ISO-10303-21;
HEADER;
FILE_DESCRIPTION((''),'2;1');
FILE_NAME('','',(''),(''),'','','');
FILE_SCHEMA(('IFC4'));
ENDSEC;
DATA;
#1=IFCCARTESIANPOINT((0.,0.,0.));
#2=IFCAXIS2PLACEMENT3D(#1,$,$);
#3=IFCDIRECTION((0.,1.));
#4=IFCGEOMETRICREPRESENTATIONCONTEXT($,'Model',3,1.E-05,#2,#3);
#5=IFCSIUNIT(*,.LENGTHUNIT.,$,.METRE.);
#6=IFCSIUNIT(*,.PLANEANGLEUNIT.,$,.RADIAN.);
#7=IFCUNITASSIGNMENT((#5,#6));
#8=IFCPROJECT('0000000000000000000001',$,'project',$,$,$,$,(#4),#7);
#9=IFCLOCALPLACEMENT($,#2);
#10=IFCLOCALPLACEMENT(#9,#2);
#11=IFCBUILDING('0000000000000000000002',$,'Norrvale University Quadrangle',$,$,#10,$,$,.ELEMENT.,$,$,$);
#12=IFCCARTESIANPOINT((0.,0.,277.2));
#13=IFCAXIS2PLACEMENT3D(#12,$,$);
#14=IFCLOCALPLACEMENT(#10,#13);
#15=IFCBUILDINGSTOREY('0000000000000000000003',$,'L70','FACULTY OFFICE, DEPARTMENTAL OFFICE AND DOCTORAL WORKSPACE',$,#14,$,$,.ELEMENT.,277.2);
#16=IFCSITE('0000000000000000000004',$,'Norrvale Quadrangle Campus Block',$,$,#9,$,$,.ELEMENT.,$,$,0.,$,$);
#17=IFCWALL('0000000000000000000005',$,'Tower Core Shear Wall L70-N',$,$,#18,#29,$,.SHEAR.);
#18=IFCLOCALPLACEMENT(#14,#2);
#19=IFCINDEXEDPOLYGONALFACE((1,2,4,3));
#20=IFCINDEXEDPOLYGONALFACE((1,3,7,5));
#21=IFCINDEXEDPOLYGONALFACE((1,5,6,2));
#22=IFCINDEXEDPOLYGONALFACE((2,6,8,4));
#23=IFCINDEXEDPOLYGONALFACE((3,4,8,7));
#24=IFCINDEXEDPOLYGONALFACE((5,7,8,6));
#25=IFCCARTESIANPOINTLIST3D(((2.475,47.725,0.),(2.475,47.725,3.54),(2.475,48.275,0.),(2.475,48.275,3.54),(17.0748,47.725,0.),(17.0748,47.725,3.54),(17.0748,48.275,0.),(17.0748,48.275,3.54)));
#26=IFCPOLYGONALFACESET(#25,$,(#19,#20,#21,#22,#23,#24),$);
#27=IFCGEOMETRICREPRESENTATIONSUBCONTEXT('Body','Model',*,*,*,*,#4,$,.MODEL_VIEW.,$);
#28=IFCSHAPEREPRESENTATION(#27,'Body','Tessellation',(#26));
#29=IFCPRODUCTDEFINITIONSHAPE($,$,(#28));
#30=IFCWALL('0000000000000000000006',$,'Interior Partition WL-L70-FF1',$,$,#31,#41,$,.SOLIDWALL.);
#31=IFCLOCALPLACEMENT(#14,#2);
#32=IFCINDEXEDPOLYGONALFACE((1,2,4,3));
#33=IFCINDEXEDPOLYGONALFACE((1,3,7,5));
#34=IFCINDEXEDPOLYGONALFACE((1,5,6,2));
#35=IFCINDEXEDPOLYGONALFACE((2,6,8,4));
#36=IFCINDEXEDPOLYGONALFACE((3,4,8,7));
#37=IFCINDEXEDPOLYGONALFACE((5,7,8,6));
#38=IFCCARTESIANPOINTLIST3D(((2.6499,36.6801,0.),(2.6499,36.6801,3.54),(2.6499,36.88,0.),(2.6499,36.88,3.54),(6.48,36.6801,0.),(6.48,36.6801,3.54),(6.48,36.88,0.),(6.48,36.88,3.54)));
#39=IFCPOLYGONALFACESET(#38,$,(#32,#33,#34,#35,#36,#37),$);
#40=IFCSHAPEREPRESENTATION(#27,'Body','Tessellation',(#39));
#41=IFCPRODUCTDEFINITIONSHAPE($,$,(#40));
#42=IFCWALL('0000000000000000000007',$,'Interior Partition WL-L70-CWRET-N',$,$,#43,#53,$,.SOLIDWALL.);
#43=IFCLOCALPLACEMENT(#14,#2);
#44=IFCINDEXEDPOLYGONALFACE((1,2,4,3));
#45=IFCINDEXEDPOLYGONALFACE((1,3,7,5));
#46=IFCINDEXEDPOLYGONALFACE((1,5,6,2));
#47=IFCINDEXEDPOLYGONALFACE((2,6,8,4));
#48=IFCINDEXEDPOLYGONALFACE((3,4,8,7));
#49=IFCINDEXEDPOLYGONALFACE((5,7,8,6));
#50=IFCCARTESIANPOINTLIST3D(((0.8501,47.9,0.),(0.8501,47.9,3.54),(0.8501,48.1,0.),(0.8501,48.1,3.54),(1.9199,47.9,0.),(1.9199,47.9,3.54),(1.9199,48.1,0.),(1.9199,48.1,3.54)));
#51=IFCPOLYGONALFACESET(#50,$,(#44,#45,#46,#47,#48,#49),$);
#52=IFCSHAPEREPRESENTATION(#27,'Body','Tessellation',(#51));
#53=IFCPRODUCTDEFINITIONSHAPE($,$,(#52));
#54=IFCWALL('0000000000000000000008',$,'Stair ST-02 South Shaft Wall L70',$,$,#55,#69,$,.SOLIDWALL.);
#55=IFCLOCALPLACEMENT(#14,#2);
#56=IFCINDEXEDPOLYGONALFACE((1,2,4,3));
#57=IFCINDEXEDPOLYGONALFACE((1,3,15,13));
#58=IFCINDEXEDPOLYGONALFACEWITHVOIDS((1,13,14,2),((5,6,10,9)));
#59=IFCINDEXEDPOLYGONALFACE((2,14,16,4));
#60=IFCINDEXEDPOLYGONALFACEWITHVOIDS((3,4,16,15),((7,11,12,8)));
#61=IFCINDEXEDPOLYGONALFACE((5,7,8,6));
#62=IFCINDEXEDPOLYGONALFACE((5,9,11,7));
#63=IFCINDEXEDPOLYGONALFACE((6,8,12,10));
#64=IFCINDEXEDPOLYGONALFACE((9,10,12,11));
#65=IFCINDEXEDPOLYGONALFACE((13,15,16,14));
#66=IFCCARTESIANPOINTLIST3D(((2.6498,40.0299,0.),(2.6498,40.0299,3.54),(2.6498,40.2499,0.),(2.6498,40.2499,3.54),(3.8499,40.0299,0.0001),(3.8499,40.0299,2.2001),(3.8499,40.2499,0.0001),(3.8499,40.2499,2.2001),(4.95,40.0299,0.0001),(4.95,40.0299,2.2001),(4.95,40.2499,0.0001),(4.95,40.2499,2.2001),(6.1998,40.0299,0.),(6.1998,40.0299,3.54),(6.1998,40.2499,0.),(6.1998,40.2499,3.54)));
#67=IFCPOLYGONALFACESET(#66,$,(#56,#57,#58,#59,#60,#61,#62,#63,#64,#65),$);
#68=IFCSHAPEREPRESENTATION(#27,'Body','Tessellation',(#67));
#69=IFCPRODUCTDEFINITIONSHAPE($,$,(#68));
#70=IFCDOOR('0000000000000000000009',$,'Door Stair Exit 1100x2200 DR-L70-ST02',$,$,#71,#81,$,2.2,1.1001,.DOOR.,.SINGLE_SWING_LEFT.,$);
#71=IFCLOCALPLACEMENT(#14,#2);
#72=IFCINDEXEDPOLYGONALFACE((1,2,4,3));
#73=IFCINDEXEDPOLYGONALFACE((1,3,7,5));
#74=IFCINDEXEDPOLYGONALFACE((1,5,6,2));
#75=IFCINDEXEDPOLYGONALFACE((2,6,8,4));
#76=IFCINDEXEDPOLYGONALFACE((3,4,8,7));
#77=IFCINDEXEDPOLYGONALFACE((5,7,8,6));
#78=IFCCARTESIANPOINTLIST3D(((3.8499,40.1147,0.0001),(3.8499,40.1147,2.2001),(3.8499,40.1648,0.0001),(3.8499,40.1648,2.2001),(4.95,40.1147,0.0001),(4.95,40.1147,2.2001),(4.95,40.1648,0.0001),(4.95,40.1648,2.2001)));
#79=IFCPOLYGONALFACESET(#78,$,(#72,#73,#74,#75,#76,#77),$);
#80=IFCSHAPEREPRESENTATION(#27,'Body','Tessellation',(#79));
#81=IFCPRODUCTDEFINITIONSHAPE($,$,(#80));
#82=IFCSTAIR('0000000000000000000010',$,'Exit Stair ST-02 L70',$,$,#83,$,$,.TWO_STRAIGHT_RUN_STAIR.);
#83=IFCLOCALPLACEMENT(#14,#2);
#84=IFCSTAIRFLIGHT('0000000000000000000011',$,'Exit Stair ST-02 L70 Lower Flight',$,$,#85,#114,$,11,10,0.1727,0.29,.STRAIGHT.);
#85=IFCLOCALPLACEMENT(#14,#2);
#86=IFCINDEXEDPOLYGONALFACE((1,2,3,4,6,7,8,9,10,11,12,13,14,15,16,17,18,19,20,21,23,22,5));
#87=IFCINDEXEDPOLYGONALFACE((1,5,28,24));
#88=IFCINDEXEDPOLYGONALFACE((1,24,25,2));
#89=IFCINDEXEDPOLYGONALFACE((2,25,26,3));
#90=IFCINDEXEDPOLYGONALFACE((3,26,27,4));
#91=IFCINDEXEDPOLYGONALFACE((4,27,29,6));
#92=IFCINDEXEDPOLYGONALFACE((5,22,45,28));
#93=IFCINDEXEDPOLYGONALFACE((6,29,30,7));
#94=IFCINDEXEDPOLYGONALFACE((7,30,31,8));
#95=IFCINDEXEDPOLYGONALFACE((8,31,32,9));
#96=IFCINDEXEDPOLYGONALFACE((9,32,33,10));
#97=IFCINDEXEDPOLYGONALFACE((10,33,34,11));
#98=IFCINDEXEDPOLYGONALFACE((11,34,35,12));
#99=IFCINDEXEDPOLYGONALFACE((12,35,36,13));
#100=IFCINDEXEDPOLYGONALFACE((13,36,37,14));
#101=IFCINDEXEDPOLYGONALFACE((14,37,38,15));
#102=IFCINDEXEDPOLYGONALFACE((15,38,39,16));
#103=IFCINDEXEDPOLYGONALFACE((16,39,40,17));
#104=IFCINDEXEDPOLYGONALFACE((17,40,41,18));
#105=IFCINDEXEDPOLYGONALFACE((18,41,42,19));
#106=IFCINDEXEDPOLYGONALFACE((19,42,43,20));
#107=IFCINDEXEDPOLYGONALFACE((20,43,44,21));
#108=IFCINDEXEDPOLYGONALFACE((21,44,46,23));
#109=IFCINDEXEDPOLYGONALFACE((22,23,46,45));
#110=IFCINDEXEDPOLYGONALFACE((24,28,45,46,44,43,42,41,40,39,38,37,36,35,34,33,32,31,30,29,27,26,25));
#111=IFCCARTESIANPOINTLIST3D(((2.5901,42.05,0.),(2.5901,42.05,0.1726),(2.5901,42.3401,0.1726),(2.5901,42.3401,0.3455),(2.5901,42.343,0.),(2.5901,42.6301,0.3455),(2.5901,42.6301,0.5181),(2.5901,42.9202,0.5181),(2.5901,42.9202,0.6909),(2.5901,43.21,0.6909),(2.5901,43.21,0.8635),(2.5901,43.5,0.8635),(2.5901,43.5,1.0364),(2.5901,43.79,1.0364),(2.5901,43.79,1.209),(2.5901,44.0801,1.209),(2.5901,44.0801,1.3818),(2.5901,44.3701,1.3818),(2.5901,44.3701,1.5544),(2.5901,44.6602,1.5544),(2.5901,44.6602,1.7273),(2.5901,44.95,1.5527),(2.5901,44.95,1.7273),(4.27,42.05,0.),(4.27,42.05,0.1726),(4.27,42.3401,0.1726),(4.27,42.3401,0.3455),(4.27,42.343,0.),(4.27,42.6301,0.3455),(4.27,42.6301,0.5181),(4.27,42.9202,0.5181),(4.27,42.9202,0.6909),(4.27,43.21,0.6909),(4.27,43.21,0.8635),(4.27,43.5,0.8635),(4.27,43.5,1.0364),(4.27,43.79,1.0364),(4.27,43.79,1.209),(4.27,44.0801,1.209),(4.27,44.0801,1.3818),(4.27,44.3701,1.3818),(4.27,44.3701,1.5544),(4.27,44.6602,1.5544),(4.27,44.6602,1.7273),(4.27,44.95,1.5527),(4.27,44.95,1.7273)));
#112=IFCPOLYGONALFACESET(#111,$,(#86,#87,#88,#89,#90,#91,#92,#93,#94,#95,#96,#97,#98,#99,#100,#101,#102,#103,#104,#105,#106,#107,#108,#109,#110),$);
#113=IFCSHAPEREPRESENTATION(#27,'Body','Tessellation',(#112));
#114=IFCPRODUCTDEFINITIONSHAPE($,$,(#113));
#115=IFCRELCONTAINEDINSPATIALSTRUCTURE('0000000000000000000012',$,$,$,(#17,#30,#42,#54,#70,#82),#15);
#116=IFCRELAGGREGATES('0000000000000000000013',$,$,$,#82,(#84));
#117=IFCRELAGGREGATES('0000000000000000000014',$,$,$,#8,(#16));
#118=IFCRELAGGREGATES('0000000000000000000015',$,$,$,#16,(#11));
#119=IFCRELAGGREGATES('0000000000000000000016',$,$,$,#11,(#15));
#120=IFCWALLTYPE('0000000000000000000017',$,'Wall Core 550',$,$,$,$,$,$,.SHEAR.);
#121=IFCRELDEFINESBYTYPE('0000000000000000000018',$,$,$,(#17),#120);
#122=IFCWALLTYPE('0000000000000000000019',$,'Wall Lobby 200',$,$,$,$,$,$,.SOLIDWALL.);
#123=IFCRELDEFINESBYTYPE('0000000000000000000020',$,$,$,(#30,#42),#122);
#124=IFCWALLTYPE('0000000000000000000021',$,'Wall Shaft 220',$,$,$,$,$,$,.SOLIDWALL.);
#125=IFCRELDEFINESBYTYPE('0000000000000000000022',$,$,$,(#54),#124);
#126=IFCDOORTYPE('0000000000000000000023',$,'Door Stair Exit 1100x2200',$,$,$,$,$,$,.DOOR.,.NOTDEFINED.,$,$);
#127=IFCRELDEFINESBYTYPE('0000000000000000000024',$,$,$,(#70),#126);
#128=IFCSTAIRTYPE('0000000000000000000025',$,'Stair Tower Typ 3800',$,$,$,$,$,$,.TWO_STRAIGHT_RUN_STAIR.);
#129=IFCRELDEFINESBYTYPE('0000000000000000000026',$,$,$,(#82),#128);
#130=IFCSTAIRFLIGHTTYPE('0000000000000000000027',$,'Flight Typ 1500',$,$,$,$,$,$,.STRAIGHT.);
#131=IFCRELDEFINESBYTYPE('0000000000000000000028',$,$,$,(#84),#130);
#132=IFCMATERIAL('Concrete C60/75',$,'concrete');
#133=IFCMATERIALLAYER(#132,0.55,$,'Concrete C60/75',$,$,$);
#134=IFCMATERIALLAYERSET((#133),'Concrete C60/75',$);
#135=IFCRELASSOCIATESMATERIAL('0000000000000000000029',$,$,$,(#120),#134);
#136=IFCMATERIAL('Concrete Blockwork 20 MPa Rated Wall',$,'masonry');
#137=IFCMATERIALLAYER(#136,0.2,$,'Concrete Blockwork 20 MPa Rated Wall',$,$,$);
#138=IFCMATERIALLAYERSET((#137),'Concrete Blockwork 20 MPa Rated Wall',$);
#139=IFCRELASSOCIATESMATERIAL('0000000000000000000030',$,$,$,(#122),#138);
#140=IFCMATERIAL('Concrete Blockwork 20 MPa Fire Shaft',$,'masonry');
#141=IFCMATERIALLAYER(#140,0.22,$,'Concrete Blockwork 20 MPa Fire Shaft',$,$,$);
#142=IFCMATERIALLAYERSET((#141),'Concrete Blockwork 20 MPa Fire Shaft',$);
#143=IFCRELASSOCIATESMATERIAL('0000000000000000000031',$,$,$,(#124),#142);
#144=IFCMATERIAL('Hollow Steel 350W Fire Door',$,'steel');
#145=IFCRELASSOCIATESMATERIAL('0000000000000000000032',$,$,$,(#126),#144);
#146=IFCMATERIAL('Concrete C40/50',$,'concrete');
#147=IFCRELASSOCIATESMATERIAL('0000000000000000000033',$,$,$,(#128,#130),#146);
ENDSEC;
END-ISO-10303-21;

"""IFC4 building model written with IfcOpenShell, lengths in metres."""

from ifc_helpers import new_model, si_unit, direction, frame, frame_2d, origin, place, context, subcontext, project, spatial, polyline, rectangle, outline, extrude, material, layer, layer_set, type_object, element, fill, aggregate, save


model = new_model("IFC4")

# Units and contexts
model_context = context("Model", 3, precision=1e-05, world=origin(), true_north=direction((0.0, 1.0)))
body_context = subcontext(model_context, "Body", "Model", "MODEL_VIEW")
ifc_project = project(units=[si_unit("LENGTHUNIT", "METRE"), si_unit("PLANEANGLEUNIT", "RADIAN")], contexts=[model_context])

# Site, building, storey
site_placement = place(None, origin())
site = spatial("IfcSite", under=ifc_project, at=site_placement, Name="Norrvale Quadrangle Campus Block", CompositionType="ELEMENT", RefElevation=0.0)
building_placement = place(site_placement, origin())
building = spatial("IfcBuilding", under=site, at=building_placement, Name="Norrvale University Quadrangle", CompositionType="ELEMENT")
storey_placement = place(building_placement, frame((0.0, 0.0, 277.2)))
storey = spatial("IfcBuildingStorey", under=building, at=storey_placement, Name="L70", Description="FACULTY OFFICE, DEPARTMENTAL OFFICE AND DOCTORAL WORKSPACE", CompositionType="ELEMENT", Elevation=277.2)

# Shared definitions
ifc_material_1 = material(Name="Concrete C60/75", Category="concrete")

# Walls
ifc_layer_1 = layer(ifc_material_1, 0.55, Name="Concrete C60/75")
ifc_layer_set_1 = layer_set([ifc_layer_1], Name="Concrete C60/75")
wall_type_1 = type_object("IfcWallType", Name="Wall Core 550", PredefinedType="SHEAR", material=ifc_layer_set_1)
wall_1_placement = place(storey_placement, frame((2.4751, 48.0, 0.0), z_axis=(0.0, 0.0, 1.0), x_axis=(1.0, 0.0, 0.0)))
element("IfcWall", 1, at=wall_1_placement, inside=storey, type_object=wall_type_1, Name="Tower Core Shear Wall L70-N", PredefinedType="SHEAR", context=body_context, shape_type="SweptSolid", body=[
    extrude(rectangle(XDim=14.5999, YDim=0.55, at=frame_2d((7.2998, 0.0))), origin(), (0.0, 0.0, 1.0), 3.54),
])
ifc_material_2 = material(Name="Concrete Blockwork 20 MPa Rated Wall", Category="masonry")
ifc_layer_2 = layer(ifc_material_2, 0.2, Name="Concrete Blockwork 20 MPa Rated Wall")
ifc_layer_set_2 = layer_set([ifc_layer_2], Name="Concrete Blockwork 20 MPa Rated Wall")
wall_type_2 = type_object("IfcWallType", Name="Wall Lobby 200", PredefinedType="SOLIDWALL", material=ifc_layer_set_2)
wall_2_placement = place(storey_placement, frame((2.6499, 36.78, 0.0), z_axis=(0.0, 0.0, 1.0), x_axis=(1.0, 0.0, 0.0)))
element("IfcWall", 2, at=wall_2_placement, inside=storey, type_object=wall_type_2, Name="Interior Partition WL-L70-FF1", PredefinedType="SOLIDWALL", context=body_context, shape_type="SweptSolid", body=[
    extrude(rectangle(XDim=3.8301, YDim=0.2, at=frame_2d((1.915, 0.0))), origin(), (0.0, 0.0, 1.0), 3.54),
])
wall_3_placement = place(storey_placement, frame((0.8501, 48.0, 0.0), z_axis=(0.0, 0.0, 1.0), x_axis=(1.0, 0.0, 0.0)))
element("IfcWall", 3, at=wall_3_placement, inside=storey, type_object=wall_type_2, Name="Interior Partition WL-L70-CWRET-N", PredefinedType="SOLIDWALL", context=body_context, shape_type="SweptSolid", body=[
    extrude(rectangle(XDim=1.0698, YDim=0.2, at=frame_2d((0.5349, 0.0))), origin(), (0.0, 0.0, 1.0), 3.54),
])

# Wall, opening, door
ifc_material_3 = material(Name="Concrete Blockwork 20 MPa Fire Shaft", Category="masonry")
ifc_layer_3 = layer(ifc_material_3, 0.22, Name="Concrete Blockwork 20 MPa Fire Shaft")
ifc_layer_set_3 = layer_set([ifc_layer_3], Name="Concrete Blockwork 20 MPa Fire Shaft")
wall_type_3 = type_object("IfcWallType", Name="Wall Shaft 220", PredefinedType="SOLIDWALL", material=ifc_layer_set_3)
wall_4_placement = place(storey_placement, frame((2.6499, 40.1399, 0.0), z_axis=(0.0, 0.0, 1.0), x_axis=(1.0, 0.0, 0.0)))
wall_4 = element("IfcWall", 4, at=wall_4_placement, inside=storey, type_object=wall_type_3, Name="Stair ST-02 South Shaft Wall L70", PredefinedType="SOLIDWALL", context=body_context, shape_type="SweptSolid", body=[
    extrude(rectangle(XDim=3.55, YDim=0.22, at=frame_2d((1.7749, 0.0))), origin(), (0.0, 0.0, 1.0), 3.54),
])
opening_1_placement = place(wall_4_placement, frame((1.2, 0.0, 0.0)))
opening_1 = element("IfcOpeningElement", 5, at=opening_1_placement, cuts=wall_4, PredefinedType="OPENING", context=body_context, shape_type="SweptSolid", body=[
    extrude(rectangle(XDim=1.1001, YDim=2.2, at=frame_2d((0.55, 1.1001))), frame((0.0, 0.1221, 0.0), z_axis=(0.0, -1.0, 0.0), x_axis=(1.0, 0.0, 0.0)), (0.0, 0.0, 1.0), 0.2439),
])
ifc_material_4 = material(Name="Hollow Steel 350W Fire Door", Category="steel")
door_type = type_object("IfcDoorType", Name="Door Stair Exit 1100x2200", OperationType="NOTDEFINED", PredefinedType="DOOR", material=ifc_material_4)
door_placement = place(opening_1_placement, origin())
door = element("IfcDoor", 6, at=door_placement, inside=storey, type_object=door_type, Name="Door Stair Exit 1100x2200 DR-L70-ST02", OperationType="SINGLE_SWING_LEFT", OverallHeight=2.2, OverallWidth=1.1001, PredefinedType="DOOR", context=body_context, shape_type="SweptSolid", body=[
    extrude(rectangle(XDim=1.1001, YDim=2.2, at=frame_2d((0.55, 1.1001))), frame((0.0, 0.0249, 0.0), z_axis=(0.0, -1.0, 0.0), x_axis=(1.0, 0.0, 0.0)), (0.0, 0.0, 1.0), 0.05),
])
fill(opening_1, door)

# Stair, stair flight
ifc_material_5 = material(Name="Concrete C40/50", Category="concrete")
stair_type = type_object("IfcStairType", Name="Stair Tower Typ 3800", PredefinedType="TWO_STRAIGHT_RUN_STAIR", material=ifc_material_5)
stair_placement = place(storey_placement, origin())
stair = element("IfcStair", 7, at=stair_placement, inside=storey, type_object=stair_type, Name="Exit Stair ST-02 L70", PredefinedType="TWO_STRAIGHT_RUN_STAIR")
stair_flight_type = type_object("IfcStairFlightType", Name="Flight Typ 1500", PredefinedType="STRAIGHT", material=ifc_material_5)
stair_flight_placement = place(storey_placement, frame((3.4299, 42.05, 0.0), z_axis=(0.0, 0.0, 1.0), x_axis=(0.0, 1.0, 0.0)))
stair_flight = element("IfcStairFlight", 8, at=stair_flight_placement, type_object=stair_flight_type, Name="Exit Stair ST-02 L70 Lower Flight", NumberOfRisers=11, NumberOfTreads=10, PredefinedType="STRAIGHT", RiserHeight=0.1727, TreadLength=0.29, context=body_context, shape_type="SweptSolid", body=[
    extrude(outline(polyline([(0.0, 0.0), (0.0, 0.1726), (0.29, 0.1726), (0.29, 0.3455), (0.5801, 0.3455), (0.5801, 0.5181), (0.8701, 0.5181), (0.8701, 0.6909), (1.1599, 0.6909), (1.1599, 0.8635), (1.45, 0.8635), (1.45, 1.0364), (1.74, 1.0364), (1.74, 1.209), (2.03, 1.209), (2.03, 1.3818), (2.3201, 1.3818), (2.3201, 1.5544), (2.6101, 1.5544), (2.6101, 1.7273), (2.8999, 1.7273), (2.8999, 1.8999), (2.8999, 1.5527), (0.293, 0.0), (0.0, 0.0)])), frame((0.0, 0.8398, 0.0), z_axis=(0.0, -1.0, 0.0), x_axis=(1.0, 0.0, 0.0)), (0.0, 0.0, 1.0), 1.6799),
])
aggregate(stair, [stair_flight])

save(model, "model.ifc")
